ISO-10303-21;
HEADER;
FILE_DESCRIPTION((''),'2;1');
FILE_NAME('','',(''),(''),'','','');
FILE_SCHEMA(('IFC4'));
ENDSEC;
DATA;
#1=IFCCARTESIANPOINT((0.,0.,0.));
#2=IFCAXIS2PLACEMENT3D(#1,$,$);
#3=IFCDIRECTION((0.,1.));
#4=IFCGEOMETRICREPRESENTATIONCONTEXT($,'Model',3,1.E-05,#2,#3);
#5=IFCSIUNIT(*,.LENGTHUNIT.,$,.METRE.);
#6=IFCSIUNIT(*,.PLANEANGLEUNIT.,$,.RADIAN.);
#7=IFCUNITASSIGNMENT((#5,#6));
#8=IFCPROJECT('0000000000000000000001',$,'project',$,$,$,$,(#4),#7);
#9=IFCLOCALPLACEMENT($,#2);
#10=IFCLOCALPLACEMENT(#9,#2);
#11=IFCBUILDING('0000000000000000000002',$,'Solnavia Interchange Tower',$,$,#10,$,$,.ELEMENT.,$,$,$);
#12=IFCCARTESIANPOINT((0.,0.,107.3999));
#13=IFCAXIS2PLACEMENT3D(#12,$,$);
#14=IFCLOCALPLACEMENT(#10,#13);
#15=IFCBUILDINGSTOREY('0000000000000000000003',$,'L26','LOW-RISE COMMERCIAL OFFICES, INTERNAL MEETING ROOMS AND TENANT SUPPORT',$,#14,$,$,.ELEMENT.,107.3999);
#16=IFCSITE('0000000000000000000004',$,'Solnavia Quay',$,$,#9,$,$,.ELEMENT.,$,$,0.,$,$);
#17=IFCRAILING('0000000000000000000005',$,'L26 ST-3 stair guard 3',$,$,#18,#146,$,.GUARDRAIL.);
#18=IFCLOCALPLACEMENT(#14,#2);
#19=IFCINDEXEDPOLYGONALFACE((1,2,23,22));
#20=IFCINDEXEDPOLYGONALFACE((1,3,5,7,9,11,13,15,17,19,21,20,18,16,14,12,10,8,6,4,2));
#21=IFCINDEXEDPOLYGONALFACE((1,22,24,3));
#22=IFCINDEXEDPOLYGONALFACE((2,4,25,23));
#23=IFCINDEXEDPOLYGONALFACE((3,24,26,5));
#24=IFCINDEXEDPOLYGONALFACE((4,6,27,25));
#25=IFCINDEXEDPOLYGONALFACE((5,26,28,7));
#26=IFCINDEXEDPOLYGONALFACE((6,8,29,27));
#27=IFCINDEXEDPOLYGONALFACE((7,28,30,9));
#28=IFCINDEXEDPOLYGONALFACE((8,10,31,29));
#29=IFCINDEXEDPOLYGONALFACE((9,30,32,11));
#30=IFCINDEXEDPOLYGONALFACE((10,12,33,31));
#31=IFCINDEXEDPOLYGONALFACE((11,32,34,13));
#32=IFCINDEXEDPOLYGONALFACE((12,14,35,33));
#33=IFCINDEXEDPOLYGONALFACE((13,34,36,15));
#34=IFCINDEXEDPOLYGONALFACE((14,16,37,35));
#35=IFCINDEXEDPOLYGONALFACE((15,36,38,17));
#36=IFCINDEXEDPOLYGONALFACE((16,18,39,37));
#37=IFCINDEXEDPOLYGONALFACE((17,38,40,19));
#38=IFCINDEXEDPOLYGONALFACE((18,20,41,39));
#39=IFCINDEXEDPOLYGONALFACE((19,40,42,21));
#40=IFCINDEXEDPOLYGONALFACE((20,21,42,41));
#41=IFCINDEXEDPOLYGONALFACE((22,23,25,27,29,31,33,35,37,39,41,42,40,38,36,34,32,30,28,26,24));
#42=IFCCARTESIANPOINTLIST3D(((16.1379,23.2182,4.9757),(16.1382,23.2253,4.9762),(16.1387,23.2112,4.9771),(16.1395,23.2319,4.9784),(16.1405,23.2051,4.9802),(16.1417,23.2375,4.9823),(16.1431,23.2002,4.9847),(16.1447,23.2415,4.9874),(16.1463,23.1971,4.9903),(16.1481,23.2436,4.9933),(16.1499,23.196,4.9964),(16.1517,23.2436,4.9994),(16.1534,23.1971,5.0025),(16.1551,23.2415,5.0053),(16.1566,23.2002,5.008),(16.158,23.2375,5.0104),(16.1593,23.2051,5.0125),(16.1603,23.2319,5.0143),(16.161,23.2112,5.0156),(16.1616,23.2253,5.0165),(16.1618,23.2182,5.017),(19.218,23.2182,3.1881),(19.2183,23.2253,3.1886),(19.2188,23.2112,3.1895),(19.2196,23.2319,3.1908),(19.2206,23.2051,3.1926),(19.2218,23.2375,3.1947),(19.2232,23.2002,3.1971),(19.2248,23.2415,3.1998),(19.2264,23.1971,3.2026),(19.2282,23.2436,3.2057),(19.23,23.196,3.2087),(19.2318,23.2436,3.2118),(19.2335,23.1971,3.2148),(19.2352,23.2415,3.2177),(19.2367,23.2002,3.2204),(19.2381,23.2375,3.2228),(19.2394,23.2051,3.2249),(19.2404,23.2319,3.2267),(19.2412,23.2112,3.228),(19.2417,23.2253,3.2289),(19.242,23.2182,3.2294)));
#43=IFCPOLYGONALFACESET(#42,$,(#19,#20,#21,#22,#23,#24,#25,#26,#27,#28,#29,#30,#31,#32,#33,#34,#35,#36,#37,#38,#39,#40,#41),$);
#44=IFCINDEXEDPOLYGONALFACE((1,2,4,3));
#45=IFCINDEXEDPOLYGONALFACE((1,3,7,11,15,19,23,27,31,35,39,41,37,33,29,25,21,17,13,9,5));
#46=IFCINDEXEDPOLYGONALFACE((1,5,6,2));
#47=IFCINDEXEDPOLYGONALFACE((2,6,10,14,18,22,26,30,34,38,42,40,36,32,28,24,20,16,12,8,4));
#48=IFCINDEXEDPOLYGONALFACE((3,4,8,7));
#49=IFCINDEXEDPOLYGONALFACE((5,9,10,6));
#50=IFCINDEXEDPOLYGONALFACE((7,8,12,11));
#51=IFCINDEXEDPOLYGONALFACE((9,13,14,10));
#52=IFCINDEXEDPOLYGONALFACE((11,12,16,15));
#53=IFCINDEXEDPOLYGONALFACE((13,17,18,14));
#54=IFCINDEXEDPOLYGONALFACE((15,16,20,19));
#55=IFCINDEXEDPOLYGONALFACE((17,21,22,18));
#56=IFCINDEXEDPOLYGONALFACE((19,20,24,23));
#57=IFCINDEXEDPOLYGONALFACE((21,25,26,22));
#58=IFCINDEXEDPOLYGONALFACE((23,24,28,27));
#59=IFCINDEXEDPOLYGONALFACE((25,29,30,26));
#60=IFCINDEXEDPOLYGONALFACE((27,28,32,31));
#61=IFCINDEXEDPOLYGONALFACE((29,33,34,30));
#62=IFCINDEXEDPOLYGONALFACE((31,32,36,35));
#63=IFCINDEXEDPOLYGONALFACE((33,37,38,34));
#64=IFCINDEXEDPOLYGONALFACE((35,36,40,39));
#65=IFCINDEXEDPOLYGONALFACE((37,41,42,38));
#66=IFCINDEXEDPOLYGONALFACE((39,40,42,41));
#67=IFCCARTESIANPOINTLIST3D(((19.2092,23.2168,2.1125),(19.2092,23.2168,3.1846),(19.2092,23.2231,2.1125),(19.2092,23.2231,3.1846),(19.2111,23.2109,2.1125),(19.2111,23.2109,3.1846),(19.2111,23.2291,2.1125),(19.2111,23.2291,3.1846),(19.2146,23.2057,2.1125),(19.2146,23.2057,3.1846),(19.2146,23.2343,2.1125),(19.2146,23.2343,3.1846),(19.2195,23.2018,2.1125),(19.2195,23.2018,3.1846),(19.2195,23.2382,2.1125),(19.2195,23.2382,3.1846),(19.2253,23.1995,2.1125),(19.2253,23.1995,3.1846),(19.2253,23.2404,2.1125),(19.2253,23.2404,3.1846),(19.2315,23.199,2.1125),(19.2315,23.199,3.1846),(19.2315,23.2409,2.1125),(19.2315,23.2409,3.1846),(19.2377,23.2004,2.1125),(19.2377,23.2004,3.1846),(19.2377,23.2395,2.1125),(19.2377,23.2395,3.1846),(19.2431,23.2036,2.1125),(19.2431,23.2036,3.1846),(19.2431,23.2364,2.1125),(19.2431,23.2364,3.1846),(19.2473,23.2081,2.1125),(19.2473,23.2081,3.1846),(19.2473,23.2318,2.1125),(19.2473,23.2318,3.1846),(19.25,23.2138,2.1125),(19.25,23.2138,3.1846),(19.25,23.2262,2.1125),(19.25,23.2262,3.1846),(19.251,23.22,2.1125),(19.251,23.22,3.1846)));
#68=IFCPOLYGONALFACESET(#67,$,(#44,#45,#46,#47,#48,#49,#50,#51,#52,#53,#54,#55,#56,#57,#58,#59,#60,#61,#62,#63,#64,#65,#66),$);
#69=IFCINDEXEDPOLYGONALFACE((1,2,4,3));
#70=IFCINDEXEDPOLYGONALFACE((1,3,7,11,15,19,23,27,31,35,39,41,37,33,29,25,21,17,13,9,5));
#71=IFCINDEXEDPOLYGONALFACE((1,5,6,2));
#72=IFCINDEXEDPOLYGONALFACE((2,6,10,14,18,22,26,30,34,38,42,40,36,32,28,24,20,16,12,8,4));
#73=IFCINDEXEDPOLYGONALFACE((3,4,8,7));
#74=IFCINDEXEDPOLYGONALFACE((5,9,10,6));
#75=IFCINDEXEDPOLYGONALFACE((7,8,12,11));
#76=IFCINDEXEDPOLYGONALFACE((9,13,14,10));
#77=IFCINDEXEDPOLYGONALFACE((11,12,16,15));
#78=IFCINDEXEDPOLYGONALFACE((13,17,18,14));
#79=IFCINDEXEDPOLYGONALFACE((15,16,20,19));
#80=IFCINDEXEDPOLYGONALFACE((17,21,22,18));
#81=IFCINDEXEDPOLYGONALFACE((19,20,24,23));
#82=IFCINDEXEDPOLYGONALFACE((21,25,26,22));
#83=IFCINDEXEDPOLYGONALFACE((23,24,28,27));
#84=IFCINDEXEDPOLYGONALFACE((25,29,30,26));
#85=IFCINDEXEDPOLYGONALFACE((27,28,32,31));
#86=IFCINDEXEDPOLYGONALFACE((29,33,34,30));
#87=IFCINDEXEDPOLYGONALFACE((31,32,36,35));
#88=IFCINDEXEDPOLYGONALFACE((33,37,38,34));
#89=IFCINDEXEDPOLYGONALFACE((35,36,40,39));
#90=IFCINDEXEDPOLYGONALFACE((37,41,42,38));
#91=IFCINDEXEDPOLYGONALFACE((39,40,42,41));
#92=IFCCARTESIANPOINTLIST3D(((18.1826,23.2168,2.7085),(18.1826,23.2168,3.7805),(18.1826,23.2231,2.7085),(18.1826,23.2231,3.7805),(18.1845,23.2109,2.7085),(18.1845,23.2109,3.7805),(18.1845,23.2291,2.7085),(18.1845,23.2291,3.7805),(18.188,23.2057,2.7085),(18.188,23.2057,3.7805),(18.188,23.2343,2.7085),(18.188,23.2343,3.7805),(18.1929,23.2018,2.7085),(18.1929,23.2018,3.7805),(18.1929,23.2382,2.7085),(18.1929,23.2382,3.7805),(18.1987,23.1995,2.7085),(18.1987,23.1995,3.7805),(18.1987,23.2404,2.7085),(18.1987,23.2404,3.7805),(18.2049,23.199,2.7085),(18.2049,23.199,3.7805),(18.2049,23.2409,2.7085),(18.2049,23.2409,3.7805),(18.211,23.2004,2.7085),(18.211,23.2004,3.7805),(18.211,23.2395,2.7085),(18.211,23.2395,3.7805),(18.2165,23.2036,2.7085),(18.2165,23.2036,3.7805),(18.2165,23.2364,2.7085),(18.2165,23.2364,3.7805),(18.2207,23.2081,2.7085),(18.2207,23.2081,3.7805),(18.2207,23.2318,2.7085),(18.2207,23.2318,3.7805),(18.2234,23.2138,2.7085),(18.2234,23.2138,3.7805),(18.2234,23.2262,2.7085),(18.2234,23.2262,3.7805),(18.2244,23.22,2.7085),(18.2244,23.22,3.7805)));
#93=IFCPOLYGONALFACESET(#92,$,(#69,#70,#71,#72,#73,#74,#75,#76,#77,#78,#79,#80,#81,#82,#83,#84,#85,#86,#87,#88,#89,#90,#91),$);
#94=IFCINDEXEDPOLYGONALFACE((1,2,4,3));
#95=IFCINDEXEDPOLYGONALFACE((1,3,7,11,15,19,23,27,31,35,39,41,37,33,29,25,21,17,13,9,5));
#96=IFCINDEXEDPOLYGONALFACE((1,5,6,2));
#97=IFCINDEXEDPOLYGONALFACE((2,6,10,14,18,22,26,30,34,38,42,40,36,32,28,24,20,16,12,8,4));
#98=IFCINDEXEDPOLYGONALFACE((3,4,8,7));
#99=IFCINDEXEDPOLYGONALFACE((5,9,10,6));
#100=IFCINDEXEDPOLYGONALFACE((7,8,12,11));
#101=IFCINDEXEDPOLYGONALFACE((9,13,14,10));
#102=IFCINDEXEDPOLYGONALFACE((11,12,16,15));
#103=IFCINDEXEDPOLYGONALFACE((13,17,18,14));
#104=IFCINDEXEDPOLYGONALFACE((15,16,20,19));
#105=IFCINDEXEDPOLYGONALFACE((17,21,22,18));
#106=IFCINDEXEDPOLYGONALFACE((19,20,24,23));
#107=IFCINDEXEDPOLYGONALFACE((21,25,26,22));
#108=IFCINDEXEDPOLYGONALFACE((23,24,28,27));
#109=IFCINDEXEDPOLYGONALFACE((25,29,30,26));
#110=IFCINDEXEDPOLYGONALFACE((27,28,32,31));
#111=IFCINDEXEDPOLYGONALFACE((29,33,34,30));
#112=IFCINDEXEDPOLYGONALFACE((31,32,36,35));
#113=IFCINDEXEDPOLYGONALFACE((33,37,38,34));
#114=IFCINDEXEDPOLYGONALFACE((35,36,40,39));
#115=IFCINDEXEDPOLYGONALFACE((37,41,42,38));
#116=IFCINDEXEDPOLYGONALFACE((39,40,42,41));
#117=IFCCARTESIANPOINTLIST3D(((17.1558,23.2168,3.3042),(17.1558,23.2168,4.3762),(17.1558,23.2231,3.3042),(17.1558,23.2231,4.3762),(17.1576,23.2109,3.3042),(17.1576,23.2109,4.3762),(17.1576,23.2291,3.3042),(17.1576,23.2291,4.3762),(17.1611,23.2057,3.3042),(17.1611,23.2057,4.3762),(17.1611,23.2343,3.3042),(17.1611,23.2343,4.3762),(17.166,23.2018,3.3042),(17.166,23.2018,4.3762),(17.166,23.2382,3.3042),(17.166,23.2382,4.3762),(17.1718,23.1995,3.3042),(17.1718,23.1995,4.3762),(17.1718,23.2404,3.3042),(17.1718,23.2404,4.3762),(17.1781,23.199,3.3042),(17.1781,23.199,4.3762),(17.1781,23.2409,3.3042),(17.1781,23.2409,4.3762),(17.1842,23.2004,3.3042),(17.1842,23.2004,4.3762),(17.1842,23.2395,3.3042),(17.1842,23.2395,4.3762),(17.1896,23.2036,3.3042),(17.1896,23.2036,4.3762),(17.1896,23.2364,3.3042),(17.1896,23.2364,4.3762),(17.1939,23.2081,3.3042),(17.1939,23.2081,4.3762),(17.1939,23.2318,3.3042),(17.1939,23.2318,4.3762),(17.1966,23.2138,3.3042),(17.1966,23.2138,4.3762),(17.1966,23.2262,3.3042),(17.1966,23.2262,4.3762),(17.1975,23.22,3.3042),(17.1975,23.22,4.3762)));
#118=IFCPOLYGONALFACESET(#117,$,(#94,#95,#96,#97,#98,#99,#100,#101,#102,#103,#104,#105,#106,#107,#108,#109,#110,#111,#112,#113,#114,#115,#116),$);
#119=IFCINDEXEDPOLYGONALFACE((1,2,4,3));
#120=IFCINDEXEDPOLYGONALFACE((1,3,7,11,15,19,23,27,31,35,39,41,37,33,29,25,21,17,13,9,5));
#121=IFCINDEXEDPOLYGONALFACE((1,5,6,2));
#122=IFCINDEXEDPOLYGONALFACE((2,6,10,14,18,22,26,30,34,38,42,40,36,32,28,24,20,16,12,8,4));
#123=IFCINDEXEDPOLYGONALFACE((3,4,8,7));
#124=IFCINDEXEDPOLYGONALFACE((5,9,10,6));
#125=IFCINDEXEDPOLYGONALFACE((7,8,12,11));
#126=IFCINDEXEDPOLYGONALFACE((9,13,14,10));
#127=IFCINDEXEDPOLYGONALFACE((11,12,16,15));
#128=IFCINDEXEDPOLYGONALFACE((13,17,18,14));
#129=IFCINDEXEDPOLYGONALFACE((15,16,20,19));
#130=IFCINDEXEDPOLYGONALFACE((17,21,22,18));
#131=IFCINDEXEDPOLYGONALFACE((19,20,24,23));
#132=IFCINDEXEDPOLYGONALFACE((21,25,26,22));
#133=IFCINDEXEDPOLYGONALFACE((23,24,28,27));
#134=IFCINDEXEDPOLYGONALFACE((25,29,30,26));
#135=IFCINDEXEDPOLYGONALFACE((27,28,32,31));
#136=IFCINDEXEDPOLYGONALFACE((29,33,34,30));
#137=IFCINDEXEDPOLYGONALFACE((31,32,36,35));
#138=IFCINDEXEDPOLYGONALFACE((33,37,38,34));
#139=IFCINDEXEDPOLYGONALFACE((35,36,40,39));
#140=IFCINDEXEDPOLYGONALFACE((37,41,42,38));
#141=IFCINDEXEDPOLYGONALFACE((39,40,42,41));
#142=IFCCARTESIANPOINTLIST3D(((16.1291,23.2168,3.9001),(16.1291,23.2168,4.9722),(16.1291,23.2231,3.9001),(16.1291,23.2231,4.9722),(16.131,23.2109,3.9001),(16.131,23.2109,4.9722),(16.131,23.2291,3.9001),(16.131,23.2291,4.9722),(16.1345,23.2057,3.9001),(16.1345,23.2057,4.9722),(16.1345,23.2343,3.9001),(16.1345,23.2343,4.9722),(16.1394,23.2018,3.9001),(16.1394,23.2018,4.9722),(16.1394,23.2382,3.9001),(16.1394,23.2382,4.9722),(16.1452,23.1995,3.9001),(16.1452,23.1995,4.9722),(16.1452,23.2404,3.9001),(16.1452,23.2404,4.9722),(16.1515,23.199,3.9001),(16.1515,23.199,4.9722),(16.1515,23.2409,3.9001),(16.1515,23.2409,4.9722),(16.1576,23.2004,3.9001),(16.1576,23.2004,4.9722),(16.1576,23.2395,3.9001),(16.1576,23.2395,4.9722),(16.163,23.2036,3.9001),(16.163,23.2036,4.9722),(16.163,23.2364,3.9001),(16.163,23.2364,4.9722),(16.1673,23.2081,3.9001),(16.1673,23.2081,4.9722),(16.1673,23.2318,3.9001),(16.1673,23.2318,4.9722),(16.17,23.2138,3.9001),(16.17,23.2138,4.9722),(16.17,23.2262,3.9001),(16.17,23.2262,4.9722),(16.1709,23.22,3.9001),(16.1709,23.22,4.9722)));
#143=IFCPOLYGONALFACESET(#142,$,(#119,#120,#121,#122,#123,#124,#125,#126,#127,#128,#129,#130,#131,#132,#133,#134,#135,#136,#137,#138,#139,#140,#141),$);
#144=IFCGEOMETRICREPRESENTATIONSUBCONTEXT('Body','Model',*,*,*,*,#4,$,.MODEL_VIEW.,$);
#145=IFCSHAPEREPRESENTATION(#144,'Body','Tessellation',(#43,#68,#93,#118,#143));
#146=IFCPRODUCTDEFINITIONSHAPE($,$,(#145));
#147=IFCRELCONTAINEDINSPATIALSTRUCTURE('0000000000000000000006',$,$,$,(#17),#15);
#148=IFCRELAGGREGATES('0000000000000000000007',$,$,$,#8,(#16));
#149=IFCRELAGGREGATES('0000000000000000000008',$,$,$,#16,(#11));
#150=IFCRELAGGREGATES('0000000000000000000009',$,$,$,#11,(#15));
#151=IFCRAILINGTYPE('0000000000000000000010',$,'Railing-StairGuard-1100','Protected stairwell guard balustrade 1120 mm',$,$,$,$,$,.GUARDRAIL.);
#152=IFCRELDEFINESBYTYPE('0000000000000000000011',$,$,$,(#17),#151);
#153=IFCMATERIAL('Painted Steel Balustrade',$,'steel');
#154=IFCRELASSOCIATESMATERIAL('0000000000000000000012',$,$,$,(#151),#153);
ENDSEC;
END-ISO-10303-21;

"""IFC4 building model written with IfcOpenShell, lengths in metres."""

from ifc_helpers import new_model, si_unit, direction, frame, origin, origin_2d, place, context, subcontext, project, spatial, circle, extrude, material, type_object, element, save


model = new_model("IFC4")

# Units and contexts
model_context = context("Model", 3, precision=1e-05, world=origin(), true_north=direction((0.0, 1.0)))
body_context = subcontext(model_context, "Body", "Model", "MODEL_VIEW")
ifc_project = project(units=[si_unit("LENGTHUNIT", "METRE"), si_unit("PLANEANGLEUNIT", "RADIAN")], contexts=[model_context])

# Site, building, storey
site_placement = place(None, origin())
site = spatial("IfcSite", under=ifc_project, at=site_placement, Name="Solnavia Quay", CompositionType="ELEMENT", RefElevation=0.0)
building_placement = place(site_placement, origin())
building = spatial("IfcBuilding", under=site, at=building_placement, Name="Solnavia Interchange Tower", CompositionType="ELEMENT")
storey_placement = place(building_placement, frame((0.0, 0.0, 107.3999)))
storey = spatial("IfcBuildingStorey", under=building, at=storey_placement, Name="L26", Description="LOW-RISE COMMERCIAL OFFICES, INTERNAL MEETING ROOMS AND TENANT SUPPORT", CompositionType="ELEMENT", Elevation=107.3999)

# Railing
ifc_material_1 = material(Name="Painted Steel Balustrade", Category="steel")
railing_type_1 = type_object("IfcRailingType", Name="Railing-StairGuard-1100", Description="Protected stairwell guard balustrade 1120 mm", PredefinedType="GUARDRAIL", material=ifc_material_1)
railing_1_placement = place(storey_placement, frame((19.23, 23.22, 2.1125)))
element("IfcRailing", 1, at=railing_1_placement, inside=storey, type_object=railing_type_1, Name="L26 ST-3 stair guard 3", PredefinedType="GUARDRAIL", context=body_context, shape_type="SweptSolid", body=[
    extrude(circle(Radius=0.0239, at=origin_2d()), frame((0.0, 0.0, 1.0962), z_axis=(-0.864891, 0.0, 0.50196), x_axis=(0.0, -1.0, 0.0)), (0.0, 0.0, 1.0), 3.5613),
    extrude(circle(Radius=0.021, at=origin_2d()), origin(), (0.0, 0.0, 1.0), 1.072),
    extrude(circle(Radius=0.021, at=origin_2d()), frame((-1.0266, 0.0, 0.5959)), (0.0, 0.0, 1.0), 1.072),
    extrude(circle(Radius=0.021, at=origin_2d()), frame((-2.0535, 0.0, 1.1917)), (0.0, 0.0, 1.0), 1.072),
    extrude(circle(Radius=0.021, at=origin_2d()), frame((-3.0801, 0.0, 1.7876)), (0.0, 0.0, 1.0), 1.072),
])

save(model, "model.ifc")
